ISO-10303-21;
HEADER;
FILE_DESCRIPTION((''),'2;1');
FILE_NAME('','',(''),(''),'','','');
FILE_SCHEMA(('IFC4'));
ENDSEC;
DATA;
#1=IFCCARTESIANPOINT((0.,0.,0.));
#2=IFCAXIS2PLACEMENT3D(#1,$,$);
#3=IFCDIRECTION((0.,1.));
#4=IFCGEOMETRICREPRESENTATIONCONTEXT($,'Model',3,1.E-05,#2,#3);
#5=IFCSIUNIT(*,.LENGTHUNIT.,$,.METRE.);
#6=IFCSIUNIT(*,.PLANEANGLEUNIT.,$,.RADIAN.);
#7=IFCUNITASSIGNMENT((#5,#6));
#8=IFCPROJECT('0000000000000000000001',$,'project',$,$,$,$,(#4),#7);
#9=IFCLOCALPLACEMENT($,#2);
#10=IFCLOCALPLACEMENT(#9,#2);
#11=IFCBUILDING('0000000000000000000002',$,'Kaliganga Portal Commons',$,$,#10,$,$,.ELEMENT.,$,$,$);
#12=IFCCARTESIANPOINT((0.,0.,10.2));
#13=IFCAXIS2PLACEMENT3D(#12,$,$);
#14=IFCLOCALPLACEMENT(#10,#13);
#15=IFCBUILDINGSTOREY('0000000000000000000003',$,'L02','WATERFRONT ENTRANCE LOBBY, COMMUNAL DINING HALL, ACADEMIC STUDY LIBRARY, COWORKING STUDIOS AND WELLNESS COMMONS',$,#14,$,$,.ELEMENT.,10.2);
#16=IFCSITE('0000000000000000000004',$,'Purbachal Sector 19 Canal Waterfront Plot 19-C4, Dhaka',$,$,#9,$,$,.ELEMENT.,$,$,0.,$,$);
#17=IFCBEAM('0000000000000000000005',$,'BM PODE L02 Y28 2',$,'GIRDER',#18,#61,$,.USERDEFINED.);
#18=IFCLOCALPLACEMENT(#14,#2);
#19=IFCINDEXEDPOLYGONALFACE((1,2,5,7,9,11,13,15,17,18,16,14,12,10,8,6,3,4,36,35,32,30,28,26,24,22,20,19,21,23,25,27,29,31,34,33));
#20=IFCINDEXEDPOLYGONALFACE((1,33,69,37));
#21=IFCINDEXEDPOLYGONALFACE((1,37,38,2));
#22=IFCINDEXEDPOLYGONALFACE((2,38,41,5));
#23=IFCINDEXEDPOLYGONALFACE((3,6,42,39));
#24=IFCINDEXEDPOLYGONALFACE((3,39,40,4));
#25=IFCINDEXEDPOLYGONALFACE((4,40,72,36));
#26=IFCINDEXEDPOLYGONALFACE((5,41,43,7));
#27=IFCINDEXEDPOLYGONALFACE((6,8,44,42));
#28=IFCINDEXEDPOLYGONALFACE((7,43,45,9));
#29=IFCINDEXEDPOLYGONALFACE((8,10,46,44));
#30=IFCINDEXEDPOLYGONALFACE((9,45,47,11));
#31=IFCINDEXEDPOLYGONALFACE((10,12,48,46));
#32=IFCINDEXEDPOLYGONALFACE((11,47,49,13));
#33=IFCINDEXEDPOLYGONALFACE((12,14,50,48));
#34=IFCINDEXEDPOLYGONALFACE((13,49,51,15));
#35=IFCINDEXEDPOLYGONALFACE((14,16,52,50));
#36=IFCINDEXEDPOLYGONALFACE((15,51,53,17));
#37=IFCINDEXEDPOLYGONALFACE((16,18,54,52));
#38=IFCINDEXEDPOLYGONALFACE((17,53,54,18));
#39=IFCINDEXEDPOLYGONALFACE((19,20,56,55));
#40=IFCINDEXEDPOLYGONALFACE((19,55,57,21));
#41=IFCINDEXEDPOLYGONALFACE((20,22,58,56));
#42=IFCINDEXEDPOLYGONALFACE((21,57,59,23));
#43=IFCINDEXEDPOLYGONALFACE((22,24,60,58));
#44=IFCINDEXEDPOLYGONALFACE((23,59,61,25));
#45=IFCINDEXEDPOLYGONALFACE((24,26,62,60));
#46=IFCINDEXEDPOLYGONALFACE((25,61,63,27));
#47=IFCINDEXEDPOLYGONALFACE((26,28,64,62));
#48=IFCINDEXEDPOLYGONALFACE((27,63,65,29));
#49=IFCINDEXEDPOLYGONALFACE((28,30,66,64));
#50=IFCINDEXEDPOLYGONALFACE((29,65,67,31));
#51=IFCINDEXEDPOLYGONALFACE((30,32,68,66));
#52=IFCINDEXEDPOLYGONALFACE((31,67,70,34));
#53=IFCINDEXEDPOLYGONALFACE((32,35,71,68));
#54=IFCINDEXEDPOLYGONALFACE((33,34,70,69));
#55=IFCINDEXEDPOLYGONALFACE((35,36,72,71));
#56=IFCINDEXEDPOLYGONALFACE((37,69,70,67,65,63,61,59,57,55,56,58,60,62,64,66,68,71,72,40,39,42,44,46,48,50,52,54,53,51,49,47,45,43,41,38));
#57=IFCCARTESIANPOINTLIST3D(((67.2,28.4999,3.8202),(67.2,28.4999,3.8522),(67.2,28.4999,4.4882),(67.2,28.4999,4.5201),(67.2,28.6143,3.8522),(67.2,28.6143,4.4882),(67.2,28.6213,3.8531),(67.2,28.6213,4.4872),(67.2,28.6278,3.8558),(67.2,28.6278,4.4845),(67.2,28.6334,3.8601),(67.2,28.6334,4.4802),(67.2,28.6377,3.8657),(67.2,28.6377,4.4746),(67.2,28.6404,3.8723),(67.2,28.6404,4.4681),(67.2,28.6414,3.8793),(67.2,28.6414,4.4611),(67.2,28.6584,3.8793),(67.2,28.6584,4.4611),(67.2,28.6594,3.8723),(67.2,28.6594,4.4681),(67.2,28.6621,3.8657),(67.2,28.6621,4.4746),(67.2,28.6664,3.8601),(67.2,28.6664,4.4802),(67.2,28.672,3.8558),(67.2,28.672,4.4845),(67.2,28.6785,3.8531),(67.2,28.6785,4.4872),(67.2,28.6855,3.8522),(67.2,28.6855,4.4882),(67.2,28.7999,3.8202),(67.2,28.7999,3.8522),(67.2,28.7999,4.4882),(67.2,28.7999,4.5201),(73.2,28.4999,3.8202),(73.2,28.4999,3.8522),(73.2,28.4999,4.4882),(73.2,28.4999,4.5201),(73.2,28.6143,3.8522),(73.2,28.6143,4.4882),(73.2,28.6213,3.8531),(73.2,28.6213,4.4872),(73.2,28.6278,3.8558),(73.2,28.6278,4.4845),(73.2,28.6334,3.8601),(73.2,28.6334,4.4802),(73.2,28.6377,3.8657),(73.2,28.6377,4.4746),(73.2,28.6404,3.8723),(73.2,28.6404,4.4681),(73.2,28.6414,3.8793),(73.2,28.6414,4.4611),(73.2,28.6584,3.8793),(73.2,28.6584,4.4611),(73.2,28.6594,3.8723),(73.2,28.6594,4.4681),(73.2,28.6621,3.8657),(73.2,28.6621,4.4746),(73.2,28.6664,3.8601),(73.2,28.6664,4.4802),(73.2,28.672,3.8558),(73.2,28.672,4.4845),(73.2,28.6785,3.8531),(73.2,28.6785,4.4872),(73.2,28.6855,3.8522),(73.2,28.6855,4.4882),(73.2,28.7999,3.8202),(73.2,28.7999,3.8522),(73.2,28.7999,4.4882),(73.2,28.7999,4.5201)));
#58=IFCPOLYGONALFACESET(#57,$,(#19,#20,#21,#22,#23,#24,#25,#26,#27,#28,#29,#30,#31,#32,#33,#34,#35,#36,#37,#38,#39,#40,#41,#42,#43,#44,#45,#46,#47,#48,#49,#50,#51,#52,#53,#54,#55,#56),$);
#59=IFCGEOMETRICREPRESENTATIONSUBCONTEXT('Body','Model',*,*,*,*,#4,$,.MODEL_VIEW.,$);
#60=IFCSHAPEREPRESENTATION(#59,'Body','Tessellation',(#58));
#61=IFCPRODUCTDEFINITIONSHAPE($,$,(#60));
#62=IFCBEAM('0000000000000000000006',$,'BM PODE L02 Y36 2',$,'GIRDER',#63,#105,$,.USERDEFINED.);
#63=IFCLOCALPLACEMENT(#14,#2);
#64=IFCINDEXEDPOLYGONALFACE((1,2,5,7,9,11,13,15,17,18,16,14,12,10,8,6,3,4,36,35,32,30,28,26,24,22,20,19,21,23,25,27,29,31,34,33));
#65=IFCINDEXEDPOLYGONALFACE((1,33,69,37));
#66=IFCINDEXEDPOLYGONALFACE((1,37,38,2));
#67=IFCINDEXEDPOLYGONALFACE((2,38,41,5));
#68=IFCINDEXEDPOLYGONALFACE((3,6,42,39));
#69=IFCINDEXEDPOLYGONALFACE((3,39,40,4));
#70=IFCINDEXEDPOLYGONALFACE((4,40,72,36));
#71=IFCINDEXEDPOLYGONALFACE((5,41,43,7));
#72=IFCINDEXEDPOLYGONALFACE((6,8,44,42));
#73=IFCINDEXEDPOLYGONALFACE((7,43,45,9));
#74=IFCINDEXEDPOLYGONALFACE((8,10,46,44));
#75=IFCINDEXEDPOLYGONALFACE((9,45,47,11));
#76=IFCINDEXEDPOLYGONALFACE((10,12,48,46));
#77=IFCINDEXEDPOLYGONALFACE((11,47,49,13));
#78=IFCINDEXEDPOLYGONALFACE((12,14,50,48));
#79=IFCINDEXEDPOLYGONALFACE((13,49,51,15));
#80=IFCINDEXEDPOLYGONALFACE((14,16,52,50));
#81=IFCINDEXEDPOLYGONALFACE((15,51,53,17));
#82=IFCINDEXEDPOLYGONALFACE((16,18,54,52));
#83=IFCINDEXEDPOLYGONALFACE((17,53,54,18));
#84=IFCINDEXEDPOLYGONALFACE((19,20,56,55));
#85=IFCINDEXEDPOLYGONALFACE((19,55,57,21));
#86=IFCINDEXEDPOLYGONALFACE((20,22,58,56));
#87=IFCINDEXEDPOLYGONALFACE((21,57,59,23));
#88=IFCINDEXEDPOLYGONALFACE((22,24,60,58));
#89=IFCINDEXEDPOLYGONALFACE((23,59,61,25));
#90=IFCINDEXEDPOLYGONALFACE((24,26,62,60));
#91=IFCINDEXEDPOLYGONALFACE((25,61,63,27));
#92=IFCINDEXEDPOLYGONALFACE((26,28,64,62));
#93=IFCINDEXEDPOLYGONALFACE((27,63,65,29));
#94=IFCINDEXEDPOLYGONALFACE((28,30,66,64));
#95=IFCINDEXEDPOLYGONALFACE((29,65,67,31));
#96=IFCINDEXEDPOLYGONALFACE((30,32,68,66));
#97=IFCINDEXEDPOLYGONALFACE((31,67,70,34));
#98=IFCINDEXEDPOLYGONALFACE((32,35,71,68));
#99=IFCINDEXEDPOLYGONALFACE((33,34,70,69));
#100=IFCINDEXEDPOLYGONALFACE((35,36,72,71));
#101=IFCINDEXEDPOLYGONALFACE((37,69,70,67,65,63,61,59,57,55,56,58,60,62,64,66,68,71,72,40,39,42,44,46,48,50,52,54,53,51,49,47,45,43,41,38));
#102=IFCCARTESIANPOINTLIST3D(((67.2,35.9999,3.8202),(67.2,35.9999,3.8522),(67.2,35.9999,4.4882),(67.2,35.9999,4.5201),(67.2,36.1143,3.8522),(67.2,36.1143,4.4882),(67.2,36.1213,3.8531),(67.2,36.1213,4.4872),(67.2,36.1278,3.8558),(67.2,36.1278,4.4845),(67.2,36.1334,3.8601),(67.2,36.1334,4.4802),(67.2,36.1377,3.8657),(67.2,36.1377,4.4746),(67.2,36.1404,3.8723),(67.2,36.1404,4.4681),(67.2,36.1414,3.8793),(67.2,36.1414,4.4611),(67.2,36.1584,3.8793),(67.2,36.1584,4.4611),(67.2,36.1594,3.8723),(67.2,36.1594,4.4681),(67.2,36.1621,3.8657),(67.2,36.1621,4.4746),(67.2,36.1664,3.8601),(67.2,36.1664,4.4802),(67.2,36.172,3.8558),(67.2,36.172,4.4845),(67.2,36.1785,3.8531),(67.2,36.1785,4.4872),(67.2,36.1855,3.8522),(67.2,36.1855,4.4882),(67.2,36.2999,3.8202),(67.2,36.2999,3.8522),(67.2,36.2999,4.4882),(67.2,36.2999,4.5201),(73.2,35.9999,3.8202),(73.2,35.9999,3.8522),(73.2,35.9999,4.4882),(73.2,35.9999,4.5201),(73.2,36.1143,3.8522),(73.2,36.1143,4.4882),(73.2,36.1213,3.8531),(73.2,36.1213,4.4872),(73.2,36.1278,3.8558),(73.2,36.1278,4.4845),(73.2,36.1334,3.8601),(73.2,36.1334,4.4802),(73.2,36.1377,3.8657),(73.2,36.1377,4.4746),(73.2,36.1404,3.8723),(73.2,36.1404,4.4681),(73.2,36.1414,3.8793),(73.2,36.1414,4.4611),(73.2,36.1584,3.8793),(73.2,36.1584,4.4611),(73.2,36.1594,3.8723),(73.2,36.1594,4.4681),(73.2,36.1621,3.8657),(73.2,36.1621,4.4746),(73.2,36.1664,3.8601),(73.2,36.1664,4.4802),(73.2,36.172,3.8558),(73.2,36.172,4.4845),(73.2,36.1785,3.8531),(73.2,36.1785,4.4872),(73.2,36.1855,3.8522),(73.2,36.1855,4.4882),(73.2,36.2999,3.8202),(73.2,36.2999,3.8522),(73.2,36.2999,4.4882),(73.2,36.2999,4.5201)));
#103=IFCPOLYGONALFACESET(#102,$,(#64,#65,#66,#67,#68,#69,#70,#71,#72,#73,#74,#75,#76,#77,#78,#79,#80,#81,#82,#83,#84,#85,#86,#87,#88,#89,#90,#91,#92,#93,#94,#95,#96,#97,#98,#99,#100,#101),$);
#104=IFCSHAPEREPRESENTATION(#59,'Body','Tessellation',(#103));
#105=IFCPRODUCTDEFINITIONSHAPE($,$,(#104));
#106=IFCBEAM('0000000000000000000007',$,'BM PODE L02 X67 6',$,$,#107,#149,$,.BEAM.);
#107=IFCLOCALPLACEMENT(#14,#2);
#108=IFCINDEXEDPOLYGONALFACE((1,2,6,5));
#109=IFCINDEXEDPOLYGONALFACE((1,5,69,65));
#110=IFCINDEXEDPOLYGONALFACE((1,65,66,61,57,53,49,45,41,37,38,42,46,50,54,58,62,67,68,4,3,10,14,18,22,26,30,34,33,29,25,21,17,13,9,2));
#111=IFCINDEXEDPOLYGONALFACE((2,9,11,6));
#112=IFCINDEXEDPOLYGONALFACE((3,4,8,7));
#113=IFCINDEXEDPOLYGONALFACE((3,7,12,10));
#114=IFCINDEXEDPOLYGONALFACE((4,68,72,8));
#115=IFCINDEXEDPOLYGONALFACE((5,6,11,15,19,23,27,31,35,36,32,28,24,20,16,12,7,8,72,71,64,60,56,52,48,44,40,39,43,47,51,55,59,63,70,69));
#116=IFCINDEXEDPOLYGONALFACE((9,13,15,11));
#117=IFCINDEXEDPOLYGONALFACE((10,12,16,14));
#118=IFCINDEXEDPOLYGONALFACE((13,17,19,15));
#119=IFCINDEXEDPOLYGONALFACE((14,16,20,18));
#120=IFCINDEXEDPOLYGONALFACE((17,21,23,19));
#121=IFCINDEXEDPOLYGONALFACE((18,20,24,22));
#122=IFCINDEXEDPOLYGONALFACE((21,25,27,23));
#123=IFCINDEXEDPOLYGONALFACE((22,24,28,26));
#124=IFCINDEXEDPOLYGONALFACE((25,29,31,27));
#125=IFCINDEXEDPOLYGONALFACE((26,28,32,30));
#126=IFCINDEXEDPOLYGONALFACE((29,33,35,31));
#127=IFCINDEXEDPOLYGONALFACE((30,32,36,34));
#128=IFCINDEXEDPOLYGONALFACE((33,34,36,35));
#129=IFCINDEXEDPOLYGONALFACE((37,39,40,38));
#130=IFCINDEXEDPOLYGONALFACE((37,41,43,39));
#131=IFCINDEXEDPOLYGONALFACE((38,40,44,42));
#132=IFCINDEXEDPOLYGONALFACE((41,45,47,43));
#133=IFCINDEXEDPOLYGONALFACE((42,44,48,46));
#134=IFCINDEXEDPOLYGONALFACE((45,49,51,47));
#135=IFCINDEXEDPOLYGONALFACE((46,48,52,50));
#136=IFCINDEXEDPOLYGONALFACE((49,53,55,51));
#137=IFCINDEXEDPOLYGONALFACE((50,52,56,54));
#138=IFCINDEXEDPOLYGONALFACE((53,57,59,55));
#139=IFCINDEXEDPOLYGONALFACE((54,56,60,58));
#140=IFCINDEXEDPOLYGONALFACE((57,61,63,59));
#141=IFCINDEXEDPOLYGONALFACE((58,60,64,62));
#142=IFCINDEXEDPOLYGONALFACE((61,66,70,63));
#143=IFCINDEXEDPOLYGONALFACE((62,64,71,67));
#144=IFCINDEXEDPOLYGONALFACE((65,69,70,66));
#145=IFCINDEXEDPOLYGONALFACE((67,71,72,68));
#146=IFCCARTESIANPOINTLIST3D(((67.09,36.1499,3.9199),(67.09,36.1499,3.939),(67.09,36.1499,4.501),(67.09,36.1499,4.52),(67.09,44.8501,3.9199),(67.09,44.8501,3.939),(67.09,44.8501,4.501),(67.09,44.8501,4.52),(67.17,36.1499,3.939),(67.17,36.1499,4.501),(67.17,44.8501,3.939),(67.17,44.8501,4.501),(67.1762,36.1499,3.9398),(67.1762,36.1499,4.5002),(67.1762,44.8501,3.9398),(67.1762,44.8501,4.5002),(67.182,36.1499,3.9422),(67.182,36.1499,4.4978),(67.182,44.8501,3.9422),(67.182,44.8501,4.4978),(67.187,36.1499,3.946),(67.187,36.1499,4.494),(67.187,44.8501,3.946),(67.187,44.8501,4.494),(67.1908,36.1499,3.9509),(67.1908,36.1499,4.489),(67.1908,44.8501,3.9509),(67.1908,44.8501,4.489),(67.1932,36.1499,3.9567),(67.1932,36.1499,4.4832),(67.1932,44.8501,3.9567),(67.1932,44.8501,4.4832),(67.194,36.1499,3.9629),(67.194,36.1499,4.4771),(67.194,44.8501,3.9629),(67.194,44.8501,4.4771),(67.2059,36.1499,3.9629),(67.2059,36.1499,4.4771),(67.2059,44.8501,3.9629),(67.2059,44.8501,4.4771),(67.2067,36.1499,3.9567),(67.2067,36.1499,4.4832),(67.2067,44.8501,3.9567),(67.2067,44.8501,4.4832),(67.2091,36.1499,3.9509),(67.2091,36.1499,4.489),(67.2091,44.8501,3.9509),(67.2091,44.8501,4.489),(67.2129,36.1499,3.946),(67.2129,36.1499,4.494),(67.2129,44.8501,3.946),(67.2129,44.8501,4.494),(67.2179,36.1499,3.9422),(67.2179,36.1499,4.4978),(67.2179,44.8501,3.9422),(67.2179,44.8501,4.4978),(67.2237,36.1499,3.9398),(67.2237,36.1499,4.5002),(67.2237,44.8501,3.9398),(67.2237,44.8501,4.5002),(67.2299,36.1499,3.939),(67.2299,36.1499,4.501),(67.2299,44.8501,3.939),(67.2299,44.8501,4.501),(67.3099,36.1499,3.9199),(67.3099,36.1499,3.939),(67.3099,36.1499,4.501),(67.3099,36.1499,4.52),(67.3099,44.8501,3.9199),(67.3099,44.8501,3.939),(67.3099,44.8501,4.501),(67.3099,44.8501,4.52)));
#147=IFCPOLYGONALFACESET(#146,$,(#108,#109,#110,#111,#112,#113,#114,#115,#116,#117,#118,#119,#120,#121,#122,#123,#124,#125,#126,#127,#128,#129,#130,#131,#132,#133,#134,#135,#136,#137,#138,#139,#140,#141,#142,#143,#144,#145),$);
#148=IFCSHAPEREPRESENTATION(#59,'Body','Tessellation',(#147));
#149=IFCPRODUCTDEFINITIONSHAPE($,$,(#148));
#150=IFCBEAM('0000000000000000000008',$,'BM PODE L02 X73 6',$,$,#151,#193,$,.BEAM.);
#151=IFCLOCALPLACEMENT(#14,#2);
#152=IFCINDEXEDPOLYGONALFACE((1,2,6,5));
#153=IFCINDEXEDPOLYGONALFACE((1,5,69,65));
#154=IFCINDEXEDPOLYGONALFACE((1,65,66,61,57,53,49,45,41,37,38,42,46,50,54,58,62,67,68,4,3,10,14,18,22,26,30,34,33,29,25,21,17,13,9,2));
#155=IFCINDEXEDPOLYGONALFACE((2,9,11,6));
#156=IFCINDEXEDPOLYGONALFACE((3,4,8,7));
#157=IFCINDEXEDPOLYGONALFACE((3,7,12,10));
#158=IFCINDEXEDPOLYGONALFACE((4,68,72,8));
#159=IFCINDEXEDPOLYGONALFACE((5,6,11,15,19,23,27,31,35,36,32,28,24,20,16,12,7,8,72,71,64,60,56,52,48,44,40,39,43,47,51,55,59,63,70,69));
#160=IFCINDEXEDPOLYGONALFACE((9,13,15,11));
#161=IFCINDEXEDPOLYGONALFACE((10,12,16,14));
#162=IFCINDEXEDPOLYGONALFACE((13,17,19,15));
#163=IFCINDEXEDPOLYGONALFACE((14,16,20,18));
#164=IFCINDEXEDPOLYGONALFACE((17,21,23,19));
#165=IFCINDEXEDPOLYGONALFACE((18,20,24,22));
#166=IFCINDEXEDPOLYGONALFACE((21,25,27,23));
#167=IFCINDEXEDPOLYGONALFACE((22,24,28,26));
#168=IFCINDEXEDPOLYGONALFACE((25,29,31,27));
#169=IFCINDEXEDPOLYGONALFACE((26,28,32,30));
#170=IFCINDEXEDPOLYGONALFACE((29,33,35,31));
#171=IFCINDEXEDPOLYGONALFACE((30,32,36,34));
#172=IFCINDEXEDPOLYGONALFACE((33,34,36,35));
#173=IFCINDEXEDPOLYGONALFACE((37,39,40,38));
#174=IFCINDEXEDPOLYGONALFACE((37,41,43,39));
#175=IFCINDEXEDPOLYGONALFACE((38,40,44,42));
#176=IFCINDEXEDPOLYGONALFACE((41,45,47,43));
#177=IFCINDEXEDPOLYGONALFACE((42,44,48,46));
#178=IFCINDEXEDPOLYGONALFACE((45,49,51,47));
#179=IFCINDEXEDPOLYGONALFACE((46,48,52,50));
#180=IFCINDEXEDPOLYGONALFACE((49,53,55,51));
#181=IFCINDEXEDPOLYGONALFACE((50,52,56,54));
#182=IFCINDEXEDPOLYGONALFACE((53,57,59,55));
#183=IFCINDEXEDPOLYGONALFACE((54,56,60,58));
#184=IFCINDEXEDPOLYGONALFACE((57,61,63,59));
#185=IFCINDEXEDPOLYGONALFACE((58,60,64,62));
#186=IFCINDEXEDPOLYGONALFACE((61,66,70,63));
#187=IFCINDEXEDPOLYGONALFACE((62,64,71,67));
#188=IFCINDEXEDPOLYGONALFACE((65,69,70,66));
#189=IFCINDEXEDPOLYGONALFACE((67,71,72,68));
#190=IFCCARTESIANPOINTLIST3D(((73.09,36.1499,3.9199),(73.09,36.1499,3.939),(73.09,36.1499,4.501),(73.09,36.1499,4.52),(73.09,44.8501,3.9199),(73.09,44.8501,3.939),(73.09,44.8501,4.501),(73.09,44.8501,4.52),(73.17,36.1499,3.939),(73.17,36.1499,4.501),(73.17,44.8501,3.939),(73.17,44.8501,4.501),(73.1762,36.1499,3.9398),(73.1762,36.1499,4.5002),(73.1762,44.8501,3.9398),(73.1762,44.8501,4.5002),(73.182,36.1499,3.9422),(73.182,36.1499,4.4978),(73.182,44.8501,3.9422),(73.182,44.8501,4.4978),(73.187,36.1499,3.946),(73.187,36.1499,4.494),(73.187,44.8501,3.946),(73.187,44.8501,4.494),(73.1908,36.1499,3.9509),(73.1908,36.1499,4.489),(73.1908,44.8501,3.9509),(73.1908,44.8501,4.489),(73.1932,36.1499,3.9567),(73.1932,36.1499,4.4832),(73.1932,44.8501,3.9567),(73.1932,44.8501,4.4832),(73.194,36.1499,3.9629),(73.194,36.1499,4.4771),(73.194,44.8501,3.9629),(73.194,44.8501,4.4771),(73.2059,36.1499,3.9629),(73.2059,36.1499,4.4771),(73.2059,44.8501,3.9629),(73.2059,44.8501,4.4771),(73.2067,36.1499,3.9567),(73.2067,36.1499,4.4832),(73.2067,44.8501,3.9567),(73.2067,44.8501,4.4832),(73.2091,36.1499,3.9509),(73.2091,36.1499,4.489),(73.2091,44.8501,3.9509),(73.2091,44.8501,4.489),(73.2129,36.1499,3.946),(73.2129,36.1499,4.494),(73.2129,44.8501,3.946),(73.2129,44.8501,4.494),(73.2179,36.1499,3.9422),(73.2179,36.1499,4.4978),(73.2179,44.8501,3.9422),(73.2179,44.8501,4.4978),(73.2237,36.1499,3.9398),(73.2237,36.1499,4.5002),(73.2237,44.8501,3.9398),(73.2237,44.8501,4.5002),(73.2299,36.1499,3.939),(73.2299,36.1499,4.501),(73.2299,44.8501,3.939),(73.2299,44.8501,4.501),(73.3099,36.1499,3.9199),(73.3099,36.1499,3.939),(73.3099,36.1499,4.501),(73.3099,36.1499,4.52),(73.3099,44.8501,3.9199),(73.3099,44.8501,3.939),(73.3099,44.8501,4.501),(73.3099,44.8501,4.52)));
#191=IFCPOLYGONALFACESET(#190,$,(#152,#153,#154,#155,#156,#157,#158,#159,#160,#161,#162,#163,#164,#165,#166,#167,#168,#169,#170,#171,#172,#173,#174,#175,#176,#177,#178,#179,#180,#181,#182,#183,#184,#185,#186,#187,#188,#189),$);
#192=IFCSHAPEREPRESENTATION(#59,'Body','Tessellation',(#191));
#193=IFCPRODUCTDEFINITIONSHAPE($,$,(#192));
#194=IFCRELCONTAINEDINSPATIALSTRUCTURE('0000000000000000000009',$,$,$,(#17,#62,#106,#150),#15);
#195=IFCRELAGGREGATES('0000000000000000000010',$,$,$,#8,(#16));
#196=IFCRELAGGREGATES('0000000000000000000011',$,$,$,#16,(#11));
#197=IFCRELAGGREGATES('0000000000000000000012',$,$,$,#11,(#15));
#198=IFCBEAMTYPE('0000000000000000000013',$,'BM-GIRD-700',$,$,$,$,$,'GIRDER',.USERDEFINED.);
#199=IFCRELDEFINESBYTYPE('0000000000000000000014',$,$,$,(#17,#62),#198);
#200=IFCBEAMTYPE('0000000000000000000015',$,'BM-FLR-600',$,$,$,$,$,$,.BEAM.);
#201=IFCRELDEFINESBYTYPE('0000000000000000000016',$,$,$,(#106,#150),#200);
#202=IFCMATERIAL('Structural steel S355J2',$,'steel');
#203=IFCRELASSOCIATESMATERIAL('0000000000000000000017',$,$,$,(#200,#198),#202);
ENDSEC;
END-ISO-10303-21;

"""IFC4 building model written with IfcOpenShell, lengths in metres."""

from ifc_helpers import new_model, si_unit, direction, frame, origin, origin_2d, place, context, subcontext, project, spatial, i_section, extrude, source, transform, mapped, material, material_profile, profile_set, type_object, element, save


model = new_model("IFC4")

# Units and contexts
model_context = context("Model", 3, precision=1e-05, world=origin(), true_north=direction((0.0, 1.0)))
body_context = subcontext(model_context, "Body", "Model", "MODEL_VIEW")
ifc_project = project(units=[si_unit("LENGTHUNIT", "METRE"), si_unit("PLANEANGLEUNIT", "RADIAN")], contexts=[model_context])

# Site, building, storey
site_placement = place(None, origin())
site = spatial("IfcSite", under=ifc_project, at=site_placement, Name="Purbachal Sector 19 Canal Waterfront Plot 19-C4, Dhaka", CompositionType="ELEMENT", RefElevation=0.0)
building_placement = place(site_placement, origin())
building = spatial("IfcBuilding", under=site, at=building_placement, Name="Kaliganga Portal Commons", CompositionType="ELEMENT")
storey_placement = place(building_placement, frame((0.0, 0.0, 10.2)))
storey = spatial("IfcBuildingStorey", under=building, at=storey_placement, Name="L02", Description="WATERFRONT ENTRANCE LOBBY, COMMUNAL DINING HALL, ACADEMIC STUDY LIBRARY, COWORKING STUDIOS AND WELLNESS COMMONS", CompositionType="ELEMENT", Elevation=10.2)

# Beams
ifc_material_1 = material(Name="Structural steel S355J2", Category="steel")
ifc_material_profile_1 = material_profile(ifc_material_1, i_section(OverallWidth=0.22, OverallDepth=0.6001, WebThickness=0.012, FlangeThickness=0.019, FilletRadius=0.0239, at=origin_2d()), Name="IPE 600")
ifc_profile_set_1 = profile_set([ifc_material_profile_1], Name="Structural steel S355J2 wide-flange")
beam_type_1 = type_object("IfcBeamType", Name="BM-FLR-600", PredefinedType="BEAM", material=ifc_profile_set_1)
ifc_material_profile_2 = material_profile(ifc_material_1, i_section(OverallWidth=0.3, OverallDepth=0.7, WebThickness=0.0171, FlangeThickness=0.032, FilletRadius=0.0271, at=origin_2d()), Name="HE 700 B")
ifc_profile_set_2 = profile_set([ifc_material_profile_2], Name="Structural steel S355J2 wide-flange")
beam_type_2 = type_object("IfcBeamType", Name="BM-GIRD-700", ElementType="GIRDER", PredefinedType="USERDEFINED", material=ifc_profile_set_2)
shared_shape_1 = source(origin(), body_context, "Body", "SweptSolid", [
    extrude(i_section(OverallWidth=0.3, OverallDepth=0.7, WebThickness=0.0171, FlangeThickness=0.032, FilletRadius=0.0271, at=origin_2d()), origin(), (0.0, 0.0, 1.0), 6.0),
])
for number, where, z_axis, x_axis, name in (
    (1, (67.2, 28.6499, 4.1702), (1.0, 0.0, 0.0), (0.0, 1.0, 0.0), "BM PODE L02 Y28 2"),
    (2, (67.2, 36.1499, 4.1702), (1.0, 0.0, 0.0), (0.0, 1.0, 0.0), "BM PODE L02 Y36 2"),
):
    element("IfcBeam", number, at=place(storey_placement, frame(where, z_axis=z_axis, x_axis=x_axis)), inside=storey, type_object=beam_type_2, Name=name, ObjectType="GIRDER", PredefinedType="USERDEFINED", context=body_context, shape_type="MappedRepresentation", body=[
        mapped(shared_shape_1, transform((0.0, 0.0, 0.0), x_axis=(1.0, 0.0, 0.0), y_axis=(0.0, 1.0, 0.0), z_axis=(0.0, 0.0, 1.0), scale=1.0)),
    ])
shared_shape_2 = source(origin(), body_context, "Body", "SweptSolid", [
    extrude(i_section(OverallWidth=0.22, OverallDepth=0.6001, WebThickness=0.012, FlangeThickness=0.019, FilletRadius=0.0239, at=origin_2d()), origin(), (0.0, 0.0, 1.0), 8.7002),
])
for number, where, z_axis, x_axis, name in (
    (3, (67.2, 36.1499, 4.22), (0.0, 1.0, 0.0), (-1.0, 0.0, 0.0), "BM PODE L02 X67 6"),
    (4, (73.2, 36.1499, 4.22), (0.0, 1.0, 0.0), (-1.0, 0.0, 0.0), "BM PODE L02 X73 6"),
):
    element("IfcBeam", number, at=place(storey_placement, frame(where, z_axis=z_axis, x_axis=x_axis)), inside=storey, type_object=beam_type_1, Name=name, PredefinedType="BEAM", context=body_context, shape_type="MappedRepresentation", body=[
        mapped(shared_shape_2, transform((0.0, 0.0, 0.0), x_axis=(1.0, 0.0, 0.0), y_axis=(0.0, 1.0, 0.0), z_axis=(0.0, 0.0, 1.0), scale=1.0)),
    ])

save(model, "model.ifc")
